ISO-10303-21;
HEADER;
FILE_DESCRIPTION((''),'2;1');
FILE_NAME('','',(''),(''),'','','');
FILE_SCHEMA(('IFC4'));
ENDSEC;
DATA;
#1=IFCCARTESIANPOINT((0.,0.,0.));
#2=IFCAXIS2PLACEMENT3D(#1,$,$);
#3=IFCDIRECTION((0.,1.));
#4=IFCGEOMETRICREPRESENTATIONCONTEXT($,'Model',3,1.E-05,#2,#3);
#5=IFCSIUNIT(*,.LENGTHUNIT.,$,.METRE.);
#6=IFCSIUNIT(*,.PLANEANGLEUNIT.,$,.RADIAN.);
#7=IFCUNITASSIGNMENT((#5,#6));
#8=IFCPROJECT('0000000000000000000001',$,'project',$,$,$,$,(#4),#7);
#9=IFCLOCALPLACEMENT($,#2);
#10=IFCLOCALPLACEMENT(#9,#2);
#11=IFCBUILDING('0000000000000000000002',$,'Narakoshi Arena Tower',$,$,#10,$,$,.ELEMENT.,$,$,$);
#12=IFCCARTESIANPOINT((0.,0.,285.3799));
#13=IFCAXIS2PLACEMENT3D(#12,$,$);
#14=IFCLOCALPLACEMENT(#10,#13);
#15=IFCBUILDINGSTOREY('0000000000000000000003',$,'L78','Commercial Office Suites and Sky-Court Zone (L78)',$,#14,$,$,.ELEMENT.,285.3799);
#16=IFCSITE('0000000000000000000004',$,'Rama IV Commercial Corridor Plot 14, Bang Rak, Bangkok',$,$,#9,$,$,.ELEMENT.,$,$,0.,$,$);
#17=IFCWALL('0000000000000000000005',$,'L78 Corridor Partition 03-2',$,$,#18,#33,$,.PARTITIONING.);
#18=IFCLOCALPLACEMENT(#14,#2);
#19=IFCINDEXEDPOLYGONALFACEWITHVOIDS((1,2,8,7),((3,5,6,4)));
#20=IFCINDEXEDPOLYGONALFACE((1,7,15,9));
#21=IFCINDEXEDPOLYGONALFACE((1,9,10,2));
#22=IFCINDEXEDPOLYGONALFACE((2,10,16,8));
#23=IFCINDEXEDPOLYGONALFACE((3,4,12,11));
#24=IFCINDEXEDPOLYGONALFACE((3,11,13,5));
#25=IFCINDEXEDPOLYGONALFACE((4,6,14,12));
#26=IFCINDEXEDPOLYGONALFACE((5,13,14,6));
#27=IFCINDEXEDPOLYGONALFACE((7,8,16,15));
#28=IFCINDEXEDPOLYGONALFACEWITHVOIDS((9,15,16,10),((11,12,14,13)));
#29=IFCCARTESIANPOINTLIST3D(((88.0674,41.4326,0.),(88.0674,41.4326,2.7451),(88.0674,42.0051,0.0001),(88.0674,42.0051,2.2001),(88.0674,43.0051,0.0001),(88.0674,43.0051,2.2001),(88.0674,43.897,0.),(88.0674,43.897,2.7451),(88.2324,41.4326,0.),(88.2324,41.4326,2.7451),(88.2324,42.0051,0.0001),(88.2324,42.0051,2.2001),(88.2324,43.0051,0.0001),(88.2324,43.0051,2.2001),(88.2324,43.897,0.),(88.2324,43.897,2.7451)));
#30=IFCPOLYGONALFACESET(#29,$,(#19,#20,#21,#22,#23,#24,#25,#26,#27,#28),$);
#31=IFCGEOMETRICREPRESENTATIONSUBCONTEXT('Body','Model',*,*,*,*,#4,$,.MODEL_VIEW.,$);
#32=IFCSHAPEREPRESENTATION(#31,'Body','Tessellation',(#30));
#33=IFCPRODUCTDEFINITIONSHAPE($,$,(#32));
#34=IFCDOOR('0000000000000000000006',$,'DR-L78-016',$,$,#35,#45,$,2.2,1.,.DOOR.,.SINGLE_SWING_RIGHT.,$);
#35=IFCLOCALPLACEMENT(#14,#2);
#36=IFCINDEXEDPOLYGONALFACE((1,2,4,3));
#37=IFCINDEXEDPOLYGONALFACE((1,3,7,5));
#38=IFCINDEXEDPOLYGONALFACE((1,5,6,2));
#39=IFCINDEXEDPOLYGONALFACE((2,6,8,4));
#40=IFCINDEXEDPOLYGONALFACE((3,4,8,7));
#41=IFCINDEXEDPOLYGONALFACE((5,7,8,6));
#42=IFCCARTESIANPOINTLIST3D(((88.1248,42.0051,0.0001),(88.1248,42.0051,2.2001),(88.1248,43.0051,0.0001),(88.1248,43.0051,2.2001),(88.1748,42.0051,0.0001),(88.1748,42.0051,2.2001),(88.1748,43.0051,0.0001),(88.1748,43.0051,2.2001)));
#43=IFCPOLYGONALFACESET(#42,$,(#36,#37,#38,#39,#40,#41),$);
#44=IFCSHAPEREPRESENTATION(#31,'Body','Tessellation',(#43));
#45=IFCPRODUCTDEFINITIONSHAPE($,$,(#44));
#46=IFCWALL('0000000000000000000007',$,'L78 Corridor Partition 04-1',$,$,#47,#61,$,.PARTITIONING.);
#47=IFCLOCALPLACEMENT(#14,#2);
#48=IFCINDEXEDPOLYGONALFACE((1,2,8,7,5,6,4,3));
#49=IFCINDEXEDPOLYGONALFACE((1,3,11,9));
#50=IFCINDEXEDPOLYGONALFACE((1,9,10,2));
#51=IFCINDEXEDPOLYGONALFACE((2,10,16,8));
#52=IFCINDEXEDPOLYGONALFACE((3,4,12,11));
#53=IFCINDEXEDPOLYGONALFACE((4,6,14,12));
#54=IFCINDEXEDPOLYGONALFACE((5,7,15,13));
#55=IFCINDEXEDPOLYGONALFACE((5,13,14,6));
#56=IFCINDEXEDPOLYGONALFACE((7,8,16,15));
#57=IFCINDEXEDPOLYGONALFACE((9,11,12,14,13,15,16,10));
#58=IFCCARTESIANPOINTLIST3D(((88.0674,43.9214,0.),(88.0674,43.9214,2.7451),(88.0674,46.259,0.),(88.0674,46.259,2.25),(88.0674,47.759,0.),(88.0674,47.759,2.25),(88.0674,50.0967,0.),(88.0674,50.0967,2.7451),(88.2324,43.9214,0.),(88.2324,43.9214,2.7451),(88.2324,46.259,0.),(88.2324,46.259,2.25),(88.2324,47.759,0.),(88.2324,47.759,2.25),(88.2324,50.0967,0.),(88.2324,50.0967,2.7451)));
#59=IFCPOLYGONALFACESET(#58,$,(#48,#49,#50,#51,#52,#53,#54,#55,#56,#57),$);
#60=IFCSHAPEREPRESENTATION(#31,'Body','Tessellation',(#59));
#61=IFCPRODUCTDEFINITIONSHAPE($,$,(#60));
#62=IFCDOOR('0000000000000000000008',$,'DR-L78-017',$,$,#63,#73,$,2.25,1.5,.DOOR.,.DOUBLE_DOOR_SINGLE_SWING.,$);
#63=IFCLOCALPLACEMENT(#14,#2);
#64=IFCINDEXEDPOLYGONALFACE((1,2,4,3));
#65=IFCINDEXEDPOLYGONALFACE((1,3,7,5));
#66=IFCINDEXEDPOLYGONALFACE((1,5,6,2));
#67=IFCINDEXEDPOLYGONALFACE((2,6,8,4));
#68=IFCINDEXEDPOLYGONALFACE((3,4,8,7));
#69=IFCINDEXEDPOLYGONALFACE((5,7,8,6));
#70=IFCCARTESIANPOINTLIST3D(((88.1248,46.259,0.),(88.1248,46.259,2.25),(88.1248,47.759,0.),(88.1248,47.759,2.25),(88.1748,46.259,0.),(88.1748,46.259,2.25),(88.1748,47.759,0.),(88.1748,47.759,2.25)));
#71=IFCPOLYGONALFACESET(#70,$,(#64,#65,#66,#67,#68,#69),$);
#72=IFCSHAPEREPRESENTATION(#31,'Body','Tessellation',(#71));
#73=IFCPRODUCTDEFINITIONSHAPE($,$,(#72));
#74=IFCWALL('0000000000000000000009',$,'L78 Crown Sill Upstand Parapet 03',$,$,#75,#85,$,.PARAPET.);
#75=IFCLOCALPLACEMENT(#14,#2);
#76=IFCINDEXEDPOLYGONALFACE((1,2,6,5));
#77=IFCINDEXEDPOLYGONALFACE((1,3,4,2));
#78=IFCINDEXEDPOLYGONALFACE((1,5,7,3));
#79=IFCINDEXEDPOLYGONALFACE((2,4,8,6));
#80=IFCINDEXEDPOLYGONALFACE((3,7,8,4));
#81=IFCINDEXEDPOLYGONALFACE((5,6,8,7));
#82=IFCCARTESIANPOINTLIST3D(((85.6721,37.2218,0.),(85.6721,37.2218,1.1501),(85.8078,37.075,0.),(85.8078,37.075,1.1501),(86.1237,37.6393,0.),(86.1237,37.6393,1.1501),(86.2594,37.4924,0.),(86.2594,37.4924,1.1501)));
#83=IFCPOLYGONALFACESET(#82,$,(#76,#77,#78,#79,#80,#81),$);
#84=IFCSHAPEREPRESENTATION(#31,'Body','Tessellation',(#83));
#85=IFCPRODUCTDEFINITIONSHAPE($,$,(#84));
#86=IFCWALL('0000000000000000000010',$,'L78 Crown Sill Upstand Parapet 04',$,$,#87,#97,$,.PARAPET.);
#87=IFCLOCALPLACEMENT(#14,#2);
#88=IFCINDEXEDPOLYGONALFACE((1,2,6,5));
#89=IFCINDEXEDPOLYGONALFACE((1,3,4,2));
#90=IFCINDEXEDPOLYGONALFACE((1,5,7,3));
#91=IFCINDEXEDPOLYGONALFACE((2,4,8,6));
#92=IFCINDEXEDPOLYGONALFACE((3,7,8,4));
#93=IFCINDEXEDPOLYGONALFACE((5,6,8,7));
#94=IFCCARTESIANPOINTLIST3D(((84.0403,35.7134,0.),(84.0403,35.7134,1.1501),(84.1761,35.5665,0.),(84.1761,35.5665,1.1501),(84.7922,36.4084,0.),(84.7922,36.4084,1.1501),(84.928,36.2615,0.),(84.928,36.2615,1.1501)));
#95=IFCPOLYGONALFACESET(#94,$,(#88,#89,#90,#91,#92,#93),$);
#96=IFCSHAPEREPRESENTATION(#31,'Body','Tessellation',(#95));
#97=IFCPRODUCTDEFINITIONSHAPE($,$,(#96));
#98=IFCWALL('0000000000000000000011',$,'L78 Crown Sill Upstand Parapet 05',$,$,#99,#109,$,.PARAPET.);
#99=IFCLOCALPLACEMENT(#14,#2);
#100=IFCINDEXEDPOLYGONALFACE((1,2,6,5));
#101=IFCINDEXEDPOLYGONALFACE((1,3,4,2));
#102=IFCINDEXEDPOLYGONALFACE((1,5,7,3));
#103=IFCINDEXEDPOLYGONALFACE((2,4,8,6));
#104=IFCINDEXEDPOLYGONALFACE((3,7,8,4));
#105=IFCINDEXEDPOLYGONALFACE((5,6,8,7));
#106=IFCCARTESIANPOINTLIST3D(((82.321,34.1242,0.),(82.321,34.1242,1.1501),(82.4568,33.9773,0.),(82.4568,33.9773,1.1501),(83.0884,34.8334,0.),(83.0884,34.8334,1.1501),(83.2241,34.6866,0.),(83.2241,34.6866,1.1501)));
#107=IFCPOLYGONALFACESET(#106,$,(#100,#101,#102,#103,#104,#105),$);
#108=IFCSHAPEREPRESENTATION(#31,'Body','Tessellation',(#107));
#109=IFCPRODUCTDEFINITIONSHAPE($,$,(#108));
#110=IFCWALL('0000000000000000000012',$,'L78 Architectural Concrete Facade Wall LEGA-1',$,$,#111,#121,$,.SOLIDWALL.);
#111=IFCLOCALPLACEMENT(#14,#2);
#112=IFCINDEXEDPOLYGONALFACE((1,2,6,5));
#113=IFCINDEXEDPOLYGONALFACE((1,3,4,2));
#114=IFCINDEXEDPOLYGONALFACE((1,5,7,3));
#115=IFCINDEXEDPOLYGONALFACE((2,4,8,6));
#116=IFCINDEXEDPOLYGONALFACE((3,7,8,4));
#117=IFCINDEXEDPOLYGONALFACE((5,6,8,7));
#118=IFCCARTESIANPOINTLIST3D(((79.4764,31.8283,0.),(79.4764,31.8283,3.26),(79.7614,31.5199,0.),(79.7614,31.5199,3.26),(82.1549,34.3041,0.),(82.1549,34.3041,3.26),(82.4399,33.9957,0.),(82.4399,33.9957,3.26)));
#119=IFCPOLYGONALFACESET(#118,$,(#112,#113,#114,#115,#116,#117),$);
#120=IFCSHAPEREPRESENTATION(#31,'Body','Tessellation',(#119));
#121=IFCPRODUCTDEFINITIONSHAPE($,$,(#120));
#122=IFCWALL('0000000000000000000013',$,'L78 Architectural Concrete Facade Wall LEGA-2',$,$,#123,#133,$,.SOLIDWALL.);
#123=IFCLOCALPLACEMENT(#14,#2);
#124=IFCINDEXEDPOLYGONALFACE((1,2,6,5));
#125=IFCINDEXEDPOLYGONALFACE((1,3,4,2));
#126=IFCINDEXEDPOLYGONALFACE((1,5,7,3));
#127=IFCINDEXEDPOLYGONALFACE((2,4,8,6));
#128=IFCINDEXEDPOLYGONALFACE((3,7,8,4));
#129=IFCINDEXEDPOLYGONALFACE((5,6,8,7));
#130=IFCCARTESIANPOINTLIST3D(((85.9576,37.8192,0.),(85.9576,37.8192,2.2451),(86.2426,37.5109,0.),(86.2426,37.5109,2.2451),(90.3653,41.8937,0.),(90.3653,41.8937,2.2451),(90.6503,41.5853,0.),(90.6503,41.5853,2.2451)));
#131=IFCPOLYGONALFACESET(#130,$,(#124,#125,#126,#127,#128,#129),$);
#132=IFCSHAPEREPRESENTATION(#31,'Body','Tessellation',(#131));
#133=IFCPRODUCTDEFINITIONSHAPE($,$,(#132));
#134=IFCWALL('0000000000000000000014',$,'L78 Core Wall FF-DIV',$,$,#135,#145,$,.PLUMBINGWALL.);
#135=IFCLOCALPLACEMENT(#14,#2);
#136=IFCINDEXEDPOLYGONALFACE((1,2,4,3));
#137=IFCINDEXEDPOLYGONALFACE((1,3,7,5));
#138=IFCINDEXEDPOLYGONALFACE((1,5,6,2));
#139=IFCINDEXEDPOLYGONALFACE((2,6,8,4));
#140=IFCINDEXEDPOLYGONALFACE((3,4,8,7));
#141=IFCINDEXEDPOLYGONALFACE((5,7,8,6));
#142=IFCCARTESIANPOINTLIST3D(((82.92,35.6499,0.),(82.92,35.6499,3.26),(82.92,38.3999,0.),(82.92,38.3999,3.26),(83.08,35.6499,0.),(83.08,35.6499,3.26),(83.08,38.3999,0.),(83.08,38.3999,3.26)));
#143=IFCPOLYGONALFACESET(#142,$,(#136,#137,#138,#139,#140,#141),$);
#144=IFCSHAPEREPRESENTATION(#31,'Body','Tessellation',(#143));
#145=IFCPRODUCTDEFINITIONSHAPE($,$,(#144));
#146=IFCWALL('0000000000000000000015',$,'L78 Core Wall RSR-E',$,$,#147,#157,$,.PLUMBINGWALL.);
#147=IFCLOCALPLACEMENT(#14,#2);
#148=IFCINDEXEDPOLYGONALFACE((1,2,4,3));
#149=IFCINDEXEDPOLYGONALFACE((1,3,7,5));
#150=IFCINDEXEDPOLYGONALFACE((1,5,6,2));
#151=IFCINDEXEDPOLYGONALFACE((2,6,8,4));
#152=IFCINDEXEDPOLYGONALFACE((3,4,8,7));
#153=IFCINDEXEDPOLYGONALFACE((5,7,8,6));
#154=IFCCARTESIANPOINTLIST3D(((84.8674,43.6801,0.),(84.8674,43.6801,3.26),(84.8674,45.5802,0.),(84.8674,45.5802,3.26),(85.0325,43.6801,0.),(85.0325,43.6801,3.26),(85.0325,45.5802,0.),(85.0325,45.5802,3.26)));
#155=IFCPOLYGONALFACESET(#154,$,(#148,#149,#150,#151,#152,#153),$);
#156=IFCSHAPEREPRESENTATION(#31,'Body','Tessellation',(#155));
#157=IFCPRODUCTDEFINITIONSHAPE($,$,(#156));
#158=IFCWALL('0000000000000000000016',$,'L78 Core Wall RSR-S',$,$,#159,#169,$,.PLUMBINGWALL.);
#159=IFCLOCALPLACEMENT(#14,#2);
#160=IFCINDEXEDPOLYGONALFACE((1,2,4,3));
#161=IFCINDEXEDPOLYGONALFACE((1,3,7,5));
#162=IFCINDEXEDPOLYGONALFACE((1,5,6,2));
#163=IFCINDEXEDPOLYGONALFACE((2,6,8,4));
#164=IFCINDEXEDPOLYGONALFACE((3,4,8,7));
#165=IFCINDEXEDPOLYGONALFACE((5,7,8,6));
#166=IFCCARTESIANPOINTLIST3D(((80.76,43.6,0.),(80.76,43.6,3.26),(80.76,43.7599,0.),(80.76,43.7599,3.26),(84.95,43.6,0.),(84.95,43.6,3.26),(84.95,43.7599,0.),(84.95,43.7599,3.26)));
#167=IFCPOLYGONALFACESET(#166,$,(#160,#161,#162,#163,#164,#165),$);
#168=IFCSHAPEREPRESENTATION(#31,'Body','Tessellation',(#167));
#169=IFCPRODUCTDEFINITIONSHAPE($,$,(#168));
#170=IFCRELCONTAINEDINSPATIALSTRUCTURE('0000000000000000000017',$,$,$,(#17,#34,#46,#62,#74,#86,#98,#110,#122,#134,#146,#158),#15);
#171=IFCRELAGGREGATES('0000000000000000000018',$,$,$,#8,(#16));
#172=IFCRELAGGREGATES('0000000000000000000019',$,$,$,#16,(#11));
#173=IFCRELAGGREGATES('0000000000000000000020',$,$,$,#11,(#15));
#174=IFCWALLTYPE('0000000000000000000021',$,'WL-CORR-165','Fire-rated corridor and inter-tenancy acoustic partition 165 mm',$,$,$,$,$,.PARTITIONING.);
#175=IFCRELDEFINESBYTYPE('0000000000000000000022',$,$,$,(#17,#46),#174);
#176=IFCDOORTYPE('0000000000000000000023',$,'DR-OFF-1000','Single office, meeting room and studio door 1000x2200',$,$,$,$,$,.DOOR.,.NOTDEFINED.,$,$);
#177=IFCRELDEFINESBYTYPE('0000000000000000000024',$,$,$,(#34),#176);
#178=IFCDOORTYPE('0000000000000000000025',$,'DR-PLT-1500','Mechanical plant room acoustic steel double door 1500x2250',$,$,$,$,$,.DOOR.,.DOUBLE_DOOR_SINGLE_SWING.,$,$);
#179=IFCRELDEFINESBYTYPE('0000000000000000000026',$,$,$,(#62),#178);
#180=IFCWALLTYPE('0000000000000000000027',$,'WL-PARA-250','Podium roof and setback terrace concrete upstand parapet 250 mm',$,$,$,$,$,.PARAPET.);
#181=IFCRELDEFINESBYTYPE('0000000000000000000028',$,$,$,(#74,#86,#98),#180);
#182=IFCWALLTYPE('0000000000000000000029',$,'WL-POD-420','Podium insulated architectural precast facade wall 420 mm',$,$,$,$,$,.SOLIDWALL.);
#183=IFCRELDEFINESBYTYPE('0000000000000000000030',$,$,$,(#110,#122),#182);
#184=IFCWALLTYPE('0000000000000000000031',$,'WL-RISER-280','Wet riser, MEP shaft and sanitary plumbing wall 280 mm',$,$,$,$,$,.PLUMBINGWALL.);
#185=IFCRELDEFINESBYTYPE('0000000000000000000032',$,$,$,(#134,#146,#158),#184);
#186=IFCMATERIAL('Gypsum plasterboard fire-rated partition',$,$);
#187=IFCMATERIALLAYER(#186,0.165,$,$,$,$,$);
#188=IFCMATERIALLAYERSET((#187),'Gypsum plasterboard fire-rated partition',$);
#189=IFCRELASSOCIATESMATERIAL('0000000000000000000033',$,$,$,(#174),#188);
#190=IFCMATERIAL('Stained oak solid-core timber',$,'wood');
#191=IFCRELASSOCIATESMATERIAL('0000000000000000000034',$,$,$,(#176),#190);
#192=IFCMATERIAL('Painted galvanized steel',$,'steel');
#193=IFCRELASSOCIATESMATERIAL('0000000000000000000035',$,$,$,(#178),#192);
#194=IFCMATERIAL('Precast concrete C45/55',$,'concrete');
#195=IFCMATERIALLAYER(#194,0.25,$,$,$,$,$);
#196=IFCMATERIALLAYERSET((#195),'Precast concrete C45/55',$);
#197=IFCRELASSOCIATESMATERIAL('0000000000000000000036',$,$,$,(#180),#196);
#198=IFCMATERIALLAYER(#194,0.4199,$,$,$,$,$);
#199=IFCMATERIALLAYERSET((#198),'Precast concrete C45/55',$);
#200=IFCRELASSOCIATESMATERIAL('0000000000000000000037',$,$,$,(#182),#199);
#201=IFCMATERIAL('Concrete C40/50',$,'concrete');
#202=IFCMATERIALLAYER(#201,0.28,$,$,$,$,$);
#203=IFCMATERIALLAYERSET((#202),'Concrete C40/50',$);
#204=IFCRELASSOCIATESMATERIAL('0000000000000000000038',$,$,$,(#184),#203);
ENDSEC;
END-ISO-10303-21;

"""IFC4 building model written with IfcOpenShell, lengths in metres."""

from ifc_helpers import new_model, si_unit, direction, frame, frame_2d, origin, place, context, subcontext, project, spatial, rectangle, extrude, material, layer, layer_set, type_object, element, fill, save


model = new_model("IFC4")

# Units and contexts
model_context = context("Model", 3, precision=1e-05, world=origin(), true_north=direction((0.0, 1.0)))
body_context = subcontext(model_context, "Body", "Model", "MODEL_VIEW")
ifc_project = project(units=[si_unit("LENGTHUNIT", "METRE"), si_unit("PLANEANGLEUNIT", "RADIAN")], contexts=[model_context])

# Site, building, storey
site_placement = place(None, origin())
site = spatial("IfcSite", under=ifc_project, at=site_placement, Name="Rama IV Commercial Corridor Plot 14, Bang Rak, Bangkok", CompositionType="ELEMENT", RefElevation=0.0)
building_placement = place(site_placement, origin())
building = spatial("IfcBuilding", under=site, at=building_placement, Name="Narakoshi Arena Tower", CompositionType="ELEMENT")
storey_placement = place(building_placement, frame((0.0, 0.0, 285.3799)))
storey = spatial("IfcBuildingStorey", under=building, at=storey_placement, Name="L78", Description="Commercial Office Suites and Sky-Court Zone (L78)", CompositionType="ELEMENT", Elevation=285.3799)

# Shared definitions
ifc_material_1 = material(Name="Gypsum plasterboard fire-rated partition")
ifc_layer_1 = layer(ifc_material_1, 0.165)
ifc_layer_set_1 = layer_set([ifc_layer_1], Name="Gypsum plasterboard fire-rated partition")
wall_type_1 = type_object("IfcWallType", Name="WL-CORR-165", Description="Fire-rated corridor and inter-tenancy acoustic partition 165 mm", PredefinedType="PARTITIONING", material=ifc_layer_set_1)

# Walls, openings, doors
wall_1_placement = place(storey_placement, frame((88.1499, 41.4326, 0.0), z_axis=(0.0, 0.0, 1.0), x_axis=(0.0, 1.0, 0.0)))
wall_1 = element("IfcWall", 1, at=wall_1_placement, inside=storey, type_object=wall_type_1, Name="L78 Corridor Partition 03-2", PredefinedType="PARTITIONING", context=body_context, shape_type="SweptSolid", body=[
    extrude(rectangle(XDim=2.4644, YDim=0.165, at=frame_2d((1.2322, 0.0))), origin(), (0.0, 0.0, 1.0), 2.7451),
])
opening_1_placement = place(wall_1_placement, frame((0.5725, 0.0, 0.0)))
opening_1 = element("IfcOpeningElement", 2, at=opening_1_placement, cuts=wall_1, PredefinedType="OPENING", context=body_context, shape_type="SweptSolid", body=[
    extrude(rectangle(XDim=1.0, YDim=2.2, at=frame_2d((0.5, 1.1001))), frame((0.0, 0.0925, 0.0), z_axis=(0.0, -1.0, 0.0), x_axis=(1.0, 0.0, 0.0)), (0.0, 0.0, 1.0), 0.1851),
])
ifc_material_2 = material(Name="Stained oak solid-core timber", Category="wood")
door_type_1 = type_object("IfcDoorType", Name="DR-OFF-1000", Description="Single office, meeting room and studio door 1000x2200", OperationType="NOTDEFINED", PredefinedType="DOOR", material=ifc_material_2)
door_1_placement = place(opening_1_placement, frame((1.0, 0.0, 0.0), z_axis=(0.0, 0.0, 1.0), x_axis=(-1.0, 0.0, 0.0)))
door_1 = element("IfcDoor", 3, at=door_1_placement, inside=storey, type_object=door_type_1, Name="DR-L78-016", OperationType="SINGLE_SWING_RIGHT", OverallHeight=2.2, OverallWidth=1.0, PredefinedType="DOOR", context=body_context, shape_type="SweptSolid", body=[
    extrude(rectangle(XDim=1.0, YDim=2.2, at=frame_2d((0.5, 1.1001))), frame((0.0, 0.0249, 0.0), z_axis=(0.0, -1.0, 0.0), x_axis=(1.0, 0.0, 0.0)), (0.0, 0.0, 1.0), 0.05),
])
fill(opening_1, door_1)
wall_2_placement = place(storey_placement, frame((88.1499, 43.9214, 0.0), z_axis=(0.0, 0.0, 1.0), x_axis=(0.0, 1.0, 0.0)))
wall_2 = element("IfcWall", 4, at=wall_2_placement, inside=storey, type_object=wall_type_1, Name="L78 Corridor Partition 04-1", PredefinedType="PARTITIONING", context=body_context, shape_type="SweptSolid", body=[
    extrude(rectangle(XDim=6.1753, YDim=0.165, at=frame_2d((3.0876, 0.0))), origin(), (0.0, 0.0, 1.0), 2.7451),
])
opening_2_placement = place(wall_2_placement, frame((2.3376, 0.0, 0.0)))
opening_2 = element("IfcOpeningElement", 5, at=opening_2_placement, cuts=wall_2, PredefinedType="OPENING", context=body_context, shape_type="SweptSolid", body=[
    extrude(rectangle(XDim=1.5, YDim=2.25, at=frame_2d((0.75, 1.125))), frame((0.0, 0.0925, 0.0), z_axis=(0.0, -1.0, 0.0), x_axis=(1.0, 0.0, 0.0)), (0.0, 0.0, 1.0), 0.1851),
])
ifc_material_3 = material(Name="Painted galvanized steel", Category="steel")
door_type_2 = type_object("IfcDoorType", Name="DR-PLT-1500", Description="Mechanical plant room acoustic steel double door 1500x2250", OperationType="DOUBLE_DOOR_SINGLE_SWING", PredefinedType="DOOR", material=ifc_material_3)
door_2_placement = place(opening_2_placement, frame((1.5, 0.0, 0.0), z_axis=(0.0, 0.0, 1.0), x_axis=(-1.0, 0.0, 0.0)))
door_2 = element("IfcDoor", 6, at=door_2_placement, inside=storey, type_object=door_type_2, Name="DR-L78-017", OperationType="DOUBLE_DOOR_SINGLE_SWING", OverallHeight=2.25, OverallWidth=1.5, PredefinedType="DOOR", context=body_context, shape_type="SweptSolid", body=[
    extrude(rectangle(XDim=1.5, YDim=2.25, at=frame_2d((0.75, 1.125))), frame((0.0, 0.0249, 0.0), z_axis=(0.0, -1.0, 0.0), x_axis=(1.0, 0.0, 0.0)), (0.0, 0.0, 1.0), 0.05),
])
fill(opening_2, door_2)

# Walls
ifc_material_4 = material(Name="Precast concrete C45/55", Category="concrete")
ifc_layer_2 = layer(ifc_material_4, 0.25)
ifc_layer_set_2 = layer_set([ifc_layer_2], Name="Precast concrete C45/55")
wall_type_2 = type_object("IfcWallType", Name="WL-PARA-250", Description="Podium roof and setback terrace concrete upstand parapet 250 mm", PredefinedType="PARAPET", material=ifc_layer_set_2)
wall_3_placement = place(storey_placement, frame((86.1917, 37.5659, 0.0), z_axis=(0.0, 0.0, 1.0), x_axis=(-0.734347, -0.678775, 0.0)))
element("IfcWall", 7, at=wall_3_placement, inside=storey, type_object=wall_type_2, Name="L78 Crown Sill Upstand Parapet 03", PredefinedType="PARAPET", context=body_context, shape_type="SweptSolid", body=[
    extrude(rectangle(XDim=0.615, YDim=0.2, at=frame_2d((0.3076, 0.0))), origin(), (0.0, 0.0, 1.0), 1.1501),
])
wall_4_placement = place(storey_placement, frame((84.8601, 36.335, 0.0), z_axis=(0.0, 0.0, 1.0), x_axis=(-0.734337, -0.678785, 0.0)))
element("IfcWall", 8, at=wall_4_placement, inside=storey, type_object=wall_type_2, Name="L78 Crown Sill Upstand Parapet 04", PredefinedType="PARAPET", context=body_context, shape_type="SweptSolid", body=[
    extrude(rectangle(XDim=1.0239, YDim=0.2, at=frame_2d((0.512, 0.0))), origin(), (0.0, 0.0, 1.0), 1.1501),
])
wall_5_placement = place(storey_placement, frame((83.1562, 34.76, 0.0), z_axis=(0.0, 0.0, 1.0), x_axis=(-0.734364, -0.678755, 0.0)))
element("IfcWall", 9, at=wall_5_placement, inside=storey, type_object=wall_type_2, Name="L78 Crown Sill Upstand Parapet 05", PredefinedType="PARAPET", context=body_context, shape_type="SweptSolid", body=[
    extrude(rectangle(XDim=1.0449, YDim=0.2, at=frame_2d((0.5225, 0.0))), origin(), (0.0, 0.0, 1.0), 1.1501),
])
ifc_layer_3 = layer(ifc_material_4, 0.4199)
ifc_layer_set_3 = layer_set([ifc_layer_3], Name="Precast concrete C45/55")
wall_type_3 = type_object("IfcWallType", Name="WL-POD-420", Description="Podium insulated architectural precast facade wall 420 mm", PredefinedType="SOLIDWALL", material=ifc_layer_set_3)
wall_6_placement = place(storey_placement, frame((79.6189, 31.6741, 0.0), z_axis=(0.0, 0.0, 1.0), x_axis=(0.734339, 0.678783, 0.0)))
element("IfcWall", 10, at=wall_6_placement, inside=storey, type_object=wall_type_3, Name="L78 Architectural Concrete Facade Wall LEGA-1", PredefinedType="SOLIDWALL", context=body_context, shape_type="SweptSolid", body=[
    extrude(rectangle(XDim=3.6475, YDim=0.4199, at=frame_2d((1.8237, 0.0))), origin(), (0.0, 0.0, 1.0), 3.26),
])
wall_7_placement = place(storey_placement, frame((86.1001, 37.665, 0.0), z_axis=(0.0, 0.0, 1.0), x_axis=(0.734321, 0.678802, 0.0)))
element("IfcWall", 11, at=wall_7_placement, inside=storey, type_object=wall_type_3, Name="L78 Architectural Concrete Facade Wall LEGA-2", PredefinedType="SOLIDWALL", context=body_context, shape_type="SweptSolid", body=[
    extrude(rectangle(XDim=6.0024, YDim=0.4199, at=frame_2d((3.0012, 0.0))), origin(), (0.0, 0.0, 1.0), 2.2451),
])
ifc_material_5 = material(Name="Concrete C40/50", Category="concrete")
ifc_layer_4 = layer(ifc_material_5, 0.28)
ifc_layer_set_4 = layer_set([ifc_layer_4], Name="Concrete C40/50")
wall_type_4 = type_object("IfcWallType", Name="WL-RISER-280", Description="Wet riser, MEP shaft and sanitary plumbing wall 280 mm", PredefinedType="PLUMBINGWALL", material=ifc_layer_set_4)
wall_8_placement = place(storey_placement, frame((83.0, 35.6499, 0.0), z_axis=(0.0, 0.0, 1.0), x_axis=(0.0, 1.0, 0.0)))
element("IfcWall", 12, at=wall_8_placement, inside=storey, type_object=wall_type_4, Name="L78 Core Wall FF-DIV", PredefinedType="PLUMBINGWALL", context=body_context, shape_type="SweptSolid", body=[
    extrude(rectangle(XDim=2.75, YDim=0.1599, at=frame_2d((1.375, 0.0))), origin(), (0.0, 0.0, 1.0), 3.26),
])
wall_9_placement = place(storey_placement, frame((84.95, 43.6799, 0.0), z_axis=(0.0, 0.0, 1.0), x_axis=(0.0, 1.0, 0.0)))
element("IfcWall", 13, at=wall_9_placement, inside=storey, type_object=wall_type_4, Name="L78 Core Wall RSR-E", PredefinedType="PLUMBINGWALL", context=body_context, shape_type="SweptSolid", body=[
    extrude(rectangle(XDim=1.9001, YDim=0.165, at=frame_2d((0.9502, 0.0))), origin(), (0.0, 0.0, 1.0), 3.26),
])
wall_10_placement = place(storey_placement, frame((80.76, 43.6799, 0.0), z_axis=(0.0, 0.0, 1.0), x_axis=(1.0, 0.0, 0.0)))
element("IfcWall", 14, at=wall_10_placement, inside=storey, type_object=wall_type_4, Name="L78 Core Wall RSR-S", PredefinedType="PLUMBINGWALL", context=body_context, shape_type="SweptSolid", body=[
    extrude(rectangle(XDim=4.1899, YDim=0.1599, at=frame_2d((2.095, 0.0))), origin(), (0.0, 0.0, 1.0), 3.26),
])

save(model, "model.ifc")
